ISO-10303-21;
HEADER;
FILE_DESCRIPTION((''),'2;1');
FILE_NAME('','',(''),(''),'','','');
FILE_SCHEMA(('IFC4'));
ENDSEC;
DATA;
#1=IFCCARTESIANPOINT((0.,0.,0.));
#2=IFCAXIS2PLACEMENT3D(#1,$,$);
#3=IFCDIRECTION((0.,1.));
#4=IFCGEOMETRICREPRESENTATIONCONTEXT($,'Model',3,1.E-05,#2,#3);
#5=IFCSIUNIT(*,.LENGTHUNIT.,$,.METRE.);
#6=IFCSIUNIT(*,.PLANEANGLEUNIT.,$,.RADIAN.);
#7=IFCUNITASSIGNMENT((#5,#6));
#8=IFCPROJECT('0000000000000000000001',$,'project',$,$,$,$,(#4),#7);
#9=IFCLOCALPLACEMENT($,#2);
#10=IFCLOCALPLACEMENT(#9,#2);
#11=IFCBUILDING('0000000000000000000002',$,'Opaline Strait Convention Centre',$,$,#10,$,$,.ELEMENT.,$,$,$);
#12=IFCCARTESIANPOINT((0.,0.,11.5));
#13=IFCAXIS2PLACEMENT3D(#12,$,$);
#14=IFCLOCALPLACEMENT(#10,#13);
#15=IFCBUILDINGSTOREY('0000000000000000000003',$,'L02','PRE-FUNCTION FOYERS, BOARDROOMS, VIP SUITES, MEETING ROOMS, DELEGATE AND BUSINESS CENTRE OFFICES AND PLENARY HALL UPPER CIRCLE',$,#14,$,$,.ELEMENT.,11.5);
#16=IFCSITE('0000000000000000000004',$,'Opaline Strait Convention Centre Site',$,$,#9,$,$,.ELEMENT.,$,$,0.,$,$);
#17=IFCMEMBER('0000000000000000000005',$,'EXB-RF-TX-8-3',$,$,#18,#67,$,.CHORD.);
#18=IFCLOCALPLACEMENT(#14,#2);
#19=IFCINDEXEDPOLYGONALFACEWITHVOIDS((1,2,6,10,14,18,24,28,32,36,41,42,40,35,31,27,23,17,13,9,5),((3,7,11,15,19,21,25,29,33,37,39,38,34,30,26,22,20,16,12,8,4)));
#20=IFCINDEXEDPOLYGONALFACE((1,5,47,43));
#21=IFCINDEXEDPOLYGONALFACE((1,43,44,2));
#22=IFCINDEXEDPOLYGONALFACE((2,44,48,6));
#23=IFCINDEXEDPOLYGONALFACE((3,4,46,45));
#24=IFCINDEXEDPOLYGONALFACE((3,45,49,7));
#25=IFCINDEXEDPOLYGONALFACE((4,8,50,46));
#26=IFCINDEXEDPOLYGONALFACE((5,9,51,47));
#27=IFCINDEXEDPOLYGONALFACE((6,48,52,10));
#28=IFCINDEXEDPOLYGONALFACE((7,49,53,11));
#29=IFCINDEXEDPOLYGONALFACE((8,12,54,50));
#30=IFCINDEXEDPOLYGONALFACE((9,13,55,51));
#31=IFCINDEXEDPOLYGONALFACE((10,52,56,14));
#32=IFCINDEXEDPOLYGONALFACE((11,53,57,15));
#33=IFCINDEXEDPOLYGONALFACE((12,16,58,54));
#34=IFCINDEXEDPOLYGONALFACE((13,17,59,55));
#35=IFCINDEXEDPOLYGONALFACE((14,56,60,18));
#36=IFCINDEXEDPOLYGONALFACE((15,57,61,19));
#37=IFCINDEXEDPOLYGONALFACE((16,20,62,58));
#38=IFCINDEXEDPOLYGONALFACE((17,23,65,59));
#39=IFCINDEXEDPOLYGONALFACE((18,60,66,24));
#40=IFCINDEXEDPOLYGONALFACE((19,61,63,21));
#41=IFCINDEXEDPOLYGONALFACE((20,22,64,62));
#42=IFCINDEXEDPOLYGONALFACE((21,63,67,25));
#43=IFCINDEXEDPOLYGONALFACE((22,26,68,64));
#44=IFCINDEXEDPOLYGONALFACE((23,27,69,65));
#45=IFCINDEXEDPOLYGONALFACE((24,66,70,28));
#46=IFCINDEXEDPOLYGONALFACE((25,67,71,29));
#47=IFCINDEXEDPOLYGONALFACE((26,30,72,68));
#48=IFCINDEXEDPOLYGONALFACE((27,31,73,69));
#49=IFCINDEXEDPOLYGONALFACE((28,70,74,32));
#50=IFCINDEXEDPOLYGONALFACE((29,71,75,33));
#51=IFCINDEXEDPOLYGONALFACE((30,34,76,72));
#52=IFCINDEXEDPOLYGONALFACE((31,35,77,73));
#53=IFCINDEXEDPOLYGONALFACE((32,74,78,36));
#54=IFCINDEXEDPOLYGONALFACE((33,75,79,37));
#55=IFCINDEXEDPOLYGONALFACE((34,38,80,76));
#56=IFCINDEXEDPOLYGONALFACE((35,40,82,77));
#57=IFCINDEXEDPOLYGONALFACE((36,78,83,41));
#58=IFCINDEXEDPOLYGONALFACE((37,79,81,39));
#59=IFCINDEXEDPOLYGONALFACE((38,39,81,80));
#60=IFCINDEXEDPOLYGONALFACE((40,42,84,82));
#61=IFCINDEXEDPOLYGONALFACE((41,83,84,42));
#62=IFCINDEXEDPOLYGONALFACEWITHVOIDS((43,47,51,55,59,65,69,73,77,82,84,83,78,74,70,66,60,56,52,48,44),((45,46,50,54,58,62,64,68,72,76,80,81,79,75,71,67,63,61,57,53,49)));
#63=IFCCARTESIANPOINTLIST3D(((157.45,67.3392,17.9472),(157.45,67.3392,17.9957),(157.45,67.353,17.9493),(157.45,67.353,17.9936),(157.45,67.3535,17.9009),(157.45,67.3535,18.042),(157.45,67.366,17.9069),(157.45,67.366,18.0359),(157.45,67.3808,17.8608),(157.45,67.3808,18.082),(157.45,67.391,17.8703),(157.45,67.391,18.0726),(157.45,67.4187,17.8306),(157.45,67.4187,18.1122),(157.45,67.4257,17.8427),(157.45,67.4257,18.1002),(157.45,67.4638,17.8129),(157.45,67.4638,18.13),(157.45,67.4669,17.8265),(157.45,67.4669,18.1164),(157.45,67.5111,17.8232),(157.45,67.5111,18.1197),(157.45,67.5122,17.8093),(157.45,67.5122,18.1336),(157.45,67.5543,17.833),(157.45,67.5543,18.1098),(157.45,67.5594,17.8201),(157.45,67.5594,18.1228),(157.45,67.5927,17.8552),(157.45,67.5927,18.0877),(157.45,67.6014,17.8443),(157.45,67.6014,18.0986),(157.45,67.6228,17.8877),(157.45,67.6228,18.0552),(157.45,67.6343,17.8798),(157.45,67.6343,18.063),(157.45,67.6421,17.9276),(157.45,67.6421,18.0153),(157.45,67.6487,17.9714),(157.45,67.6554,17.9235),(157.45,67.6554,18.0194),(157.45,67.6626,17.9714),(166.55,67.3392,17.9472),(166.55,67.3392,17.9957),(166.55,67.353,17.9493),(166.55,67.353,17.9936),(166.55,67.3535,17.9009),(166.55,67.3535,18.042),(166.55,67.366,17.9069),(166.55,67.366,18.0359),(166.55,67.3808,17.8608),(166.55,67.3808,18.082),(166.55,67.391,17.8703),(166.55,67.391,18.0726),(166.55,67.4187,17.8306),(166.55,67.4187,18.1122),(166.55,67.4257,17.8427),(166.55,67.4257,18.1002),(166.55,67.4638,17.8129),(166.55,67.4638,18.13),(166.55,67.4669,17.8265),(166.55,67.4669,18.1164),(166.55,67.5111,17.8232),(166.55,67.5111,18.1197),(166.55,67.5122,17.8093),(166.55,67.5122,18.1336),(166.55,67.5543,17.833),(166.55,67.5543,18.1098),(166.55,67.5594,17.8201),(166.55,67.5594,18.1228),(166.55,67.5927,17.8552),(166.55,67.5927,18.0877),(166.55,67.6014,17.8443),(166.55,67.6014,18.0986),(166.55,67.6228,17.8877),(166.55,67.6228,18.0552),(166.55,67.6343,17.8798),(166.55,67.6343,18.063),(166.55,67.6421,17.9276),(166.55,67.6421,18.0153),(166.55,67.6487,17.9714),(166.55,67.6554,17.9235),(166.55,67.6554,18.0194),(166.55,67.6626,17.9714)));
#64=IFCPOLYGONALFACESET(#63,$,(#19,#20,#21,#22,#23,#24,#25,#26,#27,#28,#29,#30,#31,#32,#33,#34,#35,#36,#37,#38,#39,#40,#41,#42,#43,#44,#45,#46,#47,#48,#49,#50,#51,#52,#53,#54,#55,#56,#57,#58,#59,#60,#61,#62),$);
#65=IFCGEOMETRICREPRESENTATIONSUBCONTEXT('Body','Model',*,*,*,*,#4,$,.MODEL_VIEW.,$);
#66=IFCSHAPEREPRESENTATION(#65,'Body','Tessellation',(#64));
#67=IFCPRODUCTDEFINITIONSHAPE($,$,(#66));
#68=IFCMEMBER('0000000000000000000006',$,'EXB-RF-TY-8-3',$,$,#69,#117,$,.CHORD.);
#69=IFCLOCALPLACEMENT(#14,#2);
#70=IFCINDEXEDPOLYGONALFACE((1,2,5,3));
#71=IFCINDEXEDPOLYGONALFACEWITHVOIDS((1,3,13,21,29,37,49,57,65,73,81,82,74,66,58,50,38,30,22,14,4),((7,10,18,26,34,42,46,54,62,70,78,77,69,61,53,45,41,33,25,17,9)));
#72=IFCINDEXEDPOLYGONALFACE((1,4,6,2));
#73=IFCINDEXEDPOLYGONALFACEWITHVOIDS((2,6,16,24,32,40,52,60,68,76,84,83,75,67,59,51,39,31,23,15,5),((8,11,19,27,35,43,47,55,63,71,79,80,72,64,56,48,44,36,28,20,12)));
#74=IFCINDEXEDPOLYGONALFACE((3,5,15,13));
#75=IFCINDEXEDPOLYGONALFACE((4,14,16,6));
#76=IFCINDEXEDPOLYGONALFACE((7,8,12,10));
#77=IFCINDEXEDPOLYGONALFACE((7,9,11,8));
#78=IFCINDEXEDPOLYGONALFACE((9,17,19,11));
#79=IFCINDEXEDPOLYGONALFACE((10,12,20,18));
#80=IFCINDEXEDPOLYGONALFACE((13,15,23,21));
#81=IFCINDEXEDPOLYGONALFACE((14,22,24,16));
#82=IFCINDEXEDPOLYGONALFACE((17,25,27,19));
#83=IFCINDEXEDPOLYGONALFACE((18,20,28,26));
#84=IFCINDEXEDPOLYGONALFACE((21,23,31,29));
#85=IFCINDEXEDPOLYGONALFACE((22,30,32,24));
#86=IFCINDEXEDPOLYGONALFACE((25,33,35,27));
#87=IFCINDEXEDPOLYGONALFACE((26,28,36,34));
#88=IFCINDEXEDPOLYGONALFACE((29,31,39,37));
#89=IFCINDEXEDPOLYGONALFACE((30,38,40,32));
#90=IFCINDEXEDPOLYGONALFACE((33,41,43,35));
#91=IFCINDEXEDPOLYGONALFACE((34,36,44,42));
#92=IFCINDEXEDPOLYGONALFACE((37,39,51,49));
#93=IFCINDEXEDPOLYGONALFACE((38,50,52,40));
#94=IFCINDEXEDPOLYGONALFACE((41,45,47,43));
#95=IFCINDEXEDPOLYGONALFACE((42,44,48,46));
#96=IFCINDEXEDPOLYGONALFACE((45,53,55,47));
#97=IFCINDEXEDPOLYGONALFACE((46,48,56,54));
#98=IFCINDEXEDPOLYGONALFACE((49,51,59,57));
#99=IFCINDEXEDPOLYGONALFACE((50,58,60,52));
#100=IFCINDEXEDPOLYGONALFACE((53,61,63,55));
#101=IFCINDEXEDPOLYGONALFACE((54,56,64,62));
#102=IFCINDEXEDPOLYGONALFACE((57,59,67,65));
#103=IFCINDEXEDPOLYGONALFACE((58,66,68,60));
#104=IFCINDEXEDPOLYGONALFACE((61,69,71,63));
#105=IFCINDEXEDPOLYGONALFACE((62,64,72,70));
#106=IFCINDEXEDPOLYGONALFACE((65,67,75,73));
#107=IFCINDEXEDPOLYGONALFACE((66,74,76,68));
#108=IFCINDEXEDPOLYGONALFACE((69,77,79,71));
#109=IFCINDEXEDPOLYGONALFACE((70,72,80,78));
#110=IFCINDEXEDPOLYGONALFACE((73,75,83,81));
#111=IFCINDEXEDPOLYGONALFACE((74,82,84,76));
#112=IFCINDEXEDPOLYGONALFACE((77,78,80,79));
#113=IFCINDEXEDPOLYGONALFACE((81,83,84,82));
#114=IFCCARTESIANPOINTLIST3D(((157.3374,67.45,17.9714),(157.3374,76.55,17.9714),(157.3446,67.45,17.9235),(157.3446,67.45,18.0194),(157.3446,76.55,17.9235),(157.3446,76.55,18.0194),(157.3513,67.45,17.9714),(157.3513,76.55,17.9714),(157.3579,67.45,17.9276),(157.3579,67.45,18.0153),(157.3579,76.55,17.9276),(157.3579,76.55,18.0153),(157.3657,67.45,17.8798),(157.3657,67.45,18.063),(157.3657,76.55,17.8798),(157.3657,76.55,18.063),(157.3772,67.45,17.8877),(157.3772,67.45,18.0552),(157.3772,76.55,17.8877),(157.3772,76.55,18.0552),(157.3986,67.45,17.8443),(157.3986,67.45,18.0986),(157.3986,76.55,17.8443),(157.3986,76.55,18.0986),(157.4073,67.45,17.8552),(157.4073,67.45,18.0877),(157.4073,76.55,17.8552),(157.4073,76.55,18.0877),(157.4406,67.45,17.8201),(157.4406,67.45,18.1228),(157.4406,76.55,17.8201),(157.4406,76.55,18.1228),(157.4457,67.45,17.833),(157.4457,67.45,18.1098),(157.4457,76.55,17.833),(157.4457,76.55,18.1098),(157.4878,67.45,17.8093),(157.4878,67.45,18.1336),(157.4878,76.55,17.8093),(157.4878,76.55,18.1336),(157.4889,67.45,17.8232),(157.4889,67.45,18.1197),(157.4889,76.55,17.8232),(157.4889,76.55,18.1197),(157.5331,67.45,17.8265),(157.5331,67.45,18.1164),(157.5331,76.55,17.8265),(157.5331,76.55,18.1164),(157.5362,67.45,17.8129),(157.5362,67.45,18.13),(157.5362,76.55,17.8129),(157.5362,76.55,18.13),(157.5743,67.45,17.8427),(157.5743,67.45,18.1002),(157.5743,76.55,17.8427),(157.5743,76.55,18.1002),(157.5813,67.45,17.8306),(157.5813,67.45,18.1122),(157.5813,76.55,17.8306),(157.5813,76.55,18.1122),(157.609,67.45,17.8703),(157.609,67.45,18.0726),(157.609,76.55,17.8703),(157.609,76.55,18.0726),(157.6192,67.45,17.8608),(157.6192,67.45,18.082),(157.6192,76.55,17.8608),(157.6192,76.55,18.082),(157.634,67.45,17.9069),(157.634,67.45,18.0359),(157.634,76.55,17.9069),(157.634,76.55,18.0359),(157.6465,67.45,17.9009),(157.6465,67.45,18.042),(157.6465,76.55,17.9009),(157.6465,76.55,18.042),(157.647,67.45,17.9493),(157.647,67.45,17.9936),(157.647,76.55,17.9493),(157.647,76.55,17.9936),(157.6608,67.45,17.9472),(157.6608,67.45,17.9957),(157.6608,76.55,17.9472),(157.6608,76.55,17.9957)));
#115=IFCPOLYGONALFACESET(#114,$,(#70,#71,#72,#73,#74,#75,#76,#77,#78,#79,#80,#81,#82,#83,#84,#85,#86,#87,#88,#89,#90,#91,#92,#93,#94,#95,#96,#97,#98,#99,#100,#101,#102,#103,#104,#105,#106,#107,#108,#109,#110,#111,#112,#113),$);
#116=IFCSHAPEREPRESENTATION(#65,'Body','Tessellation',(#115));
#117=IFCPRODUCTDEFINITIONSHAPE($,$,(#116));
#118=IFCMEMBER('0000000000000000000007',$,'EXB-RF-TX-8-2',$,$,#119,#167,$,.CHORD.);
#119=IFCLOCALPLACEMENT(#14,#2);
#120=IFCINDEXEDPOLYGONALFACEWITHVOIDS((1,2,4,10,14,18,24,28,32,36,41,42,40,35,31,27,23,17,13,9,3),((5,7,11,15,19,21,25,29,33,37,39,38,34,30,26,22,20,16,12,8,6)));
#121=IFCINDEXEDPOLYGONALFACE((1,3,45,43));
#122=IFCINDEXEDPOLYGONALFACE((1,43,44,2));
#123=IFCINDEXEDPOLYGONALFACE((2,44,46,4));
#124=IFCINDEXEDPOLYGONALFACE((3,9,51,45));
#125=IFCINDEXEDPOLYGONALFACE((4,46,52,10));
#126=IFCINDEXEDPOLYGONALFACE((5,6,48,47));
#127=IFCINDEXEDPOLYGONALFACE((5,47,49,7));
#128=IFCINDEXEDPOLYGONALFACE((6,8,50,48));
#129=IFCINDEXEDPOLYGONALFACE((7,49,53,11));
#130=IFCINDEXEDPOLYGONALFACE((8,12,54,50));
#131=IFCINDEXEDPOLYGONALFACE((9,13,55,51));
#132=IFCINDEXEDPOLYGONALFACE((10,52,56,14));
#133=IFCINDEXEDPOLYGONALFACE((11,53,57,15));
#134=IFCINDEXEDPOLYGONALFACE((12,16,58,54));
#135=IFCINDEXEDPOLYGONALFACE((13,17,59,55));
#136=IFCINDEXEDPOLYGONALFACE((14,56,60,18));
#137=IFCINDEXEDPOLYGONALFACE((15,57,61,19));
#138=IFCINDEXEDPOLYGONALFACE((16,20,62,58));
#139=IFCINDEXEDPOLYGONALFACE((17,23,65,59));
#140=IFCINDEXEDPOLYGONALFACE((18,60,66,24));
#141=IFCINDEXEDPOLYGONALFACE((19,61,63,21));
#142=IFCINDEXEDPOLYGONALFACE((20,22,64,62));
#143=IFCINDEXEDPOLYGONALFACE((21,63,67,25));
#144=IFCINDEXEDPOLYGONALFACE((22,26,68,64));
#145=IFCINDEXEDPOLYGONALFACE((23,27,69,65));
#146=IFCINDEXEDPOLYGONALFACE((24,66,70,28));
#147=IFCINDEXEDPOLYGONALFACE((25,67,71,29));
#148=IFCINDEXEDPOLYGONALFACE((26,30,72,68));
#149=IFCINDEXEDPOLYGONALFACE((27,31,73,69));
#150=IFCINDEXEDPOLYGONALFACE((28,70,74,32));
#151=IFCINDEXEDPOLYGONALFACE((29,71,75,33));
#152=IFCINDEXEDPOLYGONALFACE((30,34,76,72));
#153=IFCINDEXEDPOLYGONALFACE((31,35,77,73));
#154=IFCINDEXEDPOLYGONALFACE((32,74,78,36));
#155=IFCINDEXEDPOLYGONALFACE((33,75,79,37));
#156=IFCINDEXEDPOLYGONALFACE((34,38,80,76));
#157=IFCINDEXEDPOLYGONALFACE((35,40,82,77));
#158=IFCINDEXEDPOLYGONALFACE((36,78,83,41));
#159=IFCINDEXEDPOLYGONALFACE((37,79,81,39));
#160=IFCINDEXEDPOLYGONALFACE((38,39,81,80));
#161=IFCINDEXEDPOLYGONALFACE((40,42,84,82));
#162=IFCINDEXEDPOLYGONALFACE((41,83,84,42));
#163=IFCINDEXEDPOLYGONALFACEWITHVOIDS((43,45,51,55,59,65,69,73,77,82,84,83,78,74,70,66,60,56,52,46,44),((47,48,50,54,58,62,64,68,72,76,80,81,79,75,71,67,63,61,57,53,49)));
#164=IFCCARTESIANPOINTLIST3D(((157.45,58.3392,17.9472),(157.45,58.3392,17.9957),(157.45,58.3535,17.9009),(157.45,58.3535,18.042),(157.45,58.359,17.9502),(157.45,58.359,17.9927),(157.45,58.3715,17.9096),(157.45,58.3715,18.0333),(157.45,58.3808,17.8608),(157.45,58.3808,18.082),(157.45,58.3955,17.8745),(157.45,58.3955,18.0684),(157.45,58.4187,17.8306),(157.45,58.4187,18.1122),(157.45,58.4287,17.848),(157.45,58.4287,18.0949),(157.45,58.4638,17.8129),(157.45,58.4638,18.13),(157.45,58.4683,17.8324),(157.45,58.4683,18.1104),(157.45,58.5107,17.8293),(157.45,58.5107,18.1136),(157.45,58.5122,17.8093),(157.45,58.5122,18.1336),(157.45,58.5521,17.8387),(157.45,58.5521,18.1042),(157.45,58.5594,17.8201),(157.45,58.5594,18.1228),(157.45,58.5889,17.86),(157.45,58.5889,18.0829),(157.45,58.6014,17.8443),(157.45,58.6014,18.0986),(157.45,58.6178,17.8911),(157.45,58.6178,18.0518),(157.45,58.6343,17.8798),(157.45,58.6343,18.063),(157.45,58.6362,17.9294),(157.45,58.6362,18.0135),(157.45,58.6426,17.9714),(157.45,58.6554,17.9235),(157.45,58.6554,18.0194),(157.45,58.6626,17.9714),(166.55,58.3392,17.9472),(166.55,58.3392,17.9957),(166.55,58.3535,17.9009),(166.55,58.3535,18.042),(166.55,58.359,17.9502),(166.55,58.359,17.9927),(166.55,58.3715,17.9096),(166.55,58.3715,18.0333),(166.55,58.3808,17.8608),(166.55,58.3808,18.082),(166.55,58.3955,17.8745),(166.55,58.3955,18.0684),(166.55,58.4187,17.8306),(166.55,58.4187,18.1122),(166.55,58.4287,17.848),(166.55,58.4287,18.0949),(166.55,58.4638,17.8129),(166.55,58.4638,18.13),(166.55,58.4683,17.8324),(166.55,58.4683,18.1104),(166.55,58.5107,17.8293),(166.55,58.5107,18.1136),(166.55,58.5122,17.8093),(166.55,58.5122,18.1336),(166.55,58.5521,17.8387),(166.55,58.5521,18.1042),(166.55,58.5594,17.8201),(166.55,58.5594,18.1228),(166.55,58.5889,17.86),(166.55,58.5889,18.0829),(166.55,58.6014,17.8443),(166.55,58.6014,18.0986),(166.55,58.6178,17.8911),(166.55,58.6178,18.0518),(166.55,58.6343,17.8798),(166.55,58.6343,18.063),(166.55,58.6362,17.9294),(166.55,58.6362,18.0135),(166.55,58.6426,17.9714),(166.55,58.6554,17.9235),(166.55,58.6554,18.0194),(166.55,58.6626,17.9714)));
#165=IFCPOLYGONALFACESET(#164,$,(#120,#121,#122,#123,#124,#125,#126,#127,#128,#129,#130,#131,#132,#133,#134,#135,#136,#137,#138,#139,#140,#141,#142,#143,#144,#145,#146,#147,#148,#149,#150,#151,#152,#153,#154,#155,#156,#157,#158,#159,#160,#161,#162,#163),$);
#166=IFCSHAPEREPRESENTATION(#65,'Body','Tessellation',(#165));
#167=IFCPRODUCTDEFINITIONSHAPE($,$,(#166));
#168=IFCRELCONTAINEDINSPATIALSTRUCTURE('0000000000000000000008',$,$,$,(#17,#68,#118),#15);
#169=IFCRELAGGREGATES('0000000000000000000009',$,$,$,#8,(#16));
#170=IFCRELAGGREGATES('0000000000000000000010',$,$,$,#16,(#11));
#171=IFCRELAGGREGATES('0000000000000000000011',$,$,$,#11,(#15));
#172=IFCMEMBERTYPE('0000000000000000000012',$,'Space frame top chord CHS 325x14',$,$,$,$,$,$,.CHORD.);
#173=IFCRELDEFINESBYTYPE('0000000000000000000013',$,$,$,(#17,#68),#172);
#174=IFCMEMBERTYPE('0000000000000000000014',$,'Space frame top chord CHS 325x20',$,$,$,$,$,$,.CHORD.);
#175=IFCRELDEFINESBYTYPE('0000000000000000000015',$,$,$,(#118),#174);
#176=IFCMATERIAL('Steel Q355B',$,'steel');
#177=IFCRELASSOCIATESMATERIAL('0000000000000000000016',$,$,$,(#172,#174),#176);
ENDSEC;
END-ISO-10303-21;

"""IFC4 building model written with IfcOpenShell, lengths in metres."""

from ifc_helpers import new_model, si_unit, direction, frame, origin, origin_2d, place, context, subcontext, project, spatial, hollow_circle, extrude, material, material_profile, profile_set, type_object, element, save


model = new_model("IFC4")

# Units and contexts
model_context = context("Model", 3, precision=1e-05, world=origin(), true_north=direction((0.0, 1.0)))
body_context = subcontext(model_context, "Body", "Model", "MODEL_VIEW")
ifc_project = project(units=[si_unit("LENGTHUNIT", "METRE"), si_unit("PLANEANGLEUNIT", "RADIAN")], contexts=[model_context])

# Site, building, storey
site_placement = place(None, origin())
site = spatial("IfcSite", under=ifc_project, at=site_placement, Name="Opaline Strait Convention Centre Site", CompositionType="ELEMENT", RefElevation=0.0)
building_placement = place(site_placement, origin())
building = spatial("IfcBuilding", under=site, at=building_placement, Name="Opaline Strait Convention Centre", CompositionType="ELEMENT")
storey_placement = place(building_placement, frame((0.0, 0.0, 11.5)))
storey = spatial("IfcBuildingStorey", under=building, at=storey_placement, Name="L02", Description="PRE-FUNCTION FOYERS, BOARDROOMS, VIP SUITES, MEETING ROOMS, DELEGATE AND BUSINESS CENTRE OFFICES AND PLENARY HALL UPPER CIRCLE", CompositionType="ELEMENT", Elevation=11.5)

# Members
ifc_material_1 = material(Name="Steel Q355B", Category="steel")
ifc_material_profile_1 = material_profile(ifc_material_1, hollow_circle(Radius=0.1626, WallThickness=0.0139, at=origin_2d()), Name="CHS 325x14")
ifc_profile_set_1 = profile_set([ifc_material_profile_1], Name="Steel Q355B")
member_type_1 = type_object("IfcMemberType", Name="Space frame top chord CHS 325x14", PredefinedType="CHORD", material=ifc_profile_set_1)
for number, where, z_axis, x_axis, name in (
    (1, (157.45, 67.5, 17.9714), (1.0, 0.0, 0.0), (0.0, 1.0, 0.0), "EXB-RF-TX-8-3"),
    (2, (157.5, 67.45, 17.9714), (0.0, 1.0, 0.0), (-1.0, 0.0, 0.0), "EXB-RF-TY-8-3"),
):
    element("IfcMember", number, at=place(storey_placement, frame(where, z_axis=z_axis, x_axis=x_axis)), inside=storey, type_object=member_type_1, Name=name, PredefinedType="CHORD", context=body_context, shape_type="SweptSolid", body=[
        extrude(hollow_circle(Radius=0.1626, WallThickness=0.0139, at=origin_2d()), origin(), (0.0, 0.0, 1.0), 9.1001),
    ])
ifc_material_profile_2 = material_profile(ifc_material_1, hollow_circle(Radius=0.1626, WallThickness=0.02, at=origin_2d()), Name="CHS 325x20")
ifc_profile_set_2 = profile_set([ifc_material_profile_2], Name="Steel Q355B")
member_type_2 = type_object("IfcMemberType", Name="Space frame top chord CHS 325x20", PredefinedType="CHORD", material=ifc_profile_set_2)
for number, where, z_axis, x_axis, name in (
    (3, (157.45, 58.5, 17.9714), (1.0, 0.0, 0.0), (0.0, 1.0, 0.0), "EXB-RF-TX-8-2"),
):
    element("IfcMember", number, at=place(storey_placement, frame(where, z_axis=z_axis, x_axis=x_axis)), inside=storey, type_object=member_type_2, Name=name, PredefinedType="CHORD", context=body_context, shape_type="SweptSolid", body=[
        extrude(hollow_circle(Radius=0.1626, WallThickness=0.02, at=origin_2d()), origin(), (0.0, 0.0, 1.0), 9.1001),
    ])

save(model, "model.ifc")
